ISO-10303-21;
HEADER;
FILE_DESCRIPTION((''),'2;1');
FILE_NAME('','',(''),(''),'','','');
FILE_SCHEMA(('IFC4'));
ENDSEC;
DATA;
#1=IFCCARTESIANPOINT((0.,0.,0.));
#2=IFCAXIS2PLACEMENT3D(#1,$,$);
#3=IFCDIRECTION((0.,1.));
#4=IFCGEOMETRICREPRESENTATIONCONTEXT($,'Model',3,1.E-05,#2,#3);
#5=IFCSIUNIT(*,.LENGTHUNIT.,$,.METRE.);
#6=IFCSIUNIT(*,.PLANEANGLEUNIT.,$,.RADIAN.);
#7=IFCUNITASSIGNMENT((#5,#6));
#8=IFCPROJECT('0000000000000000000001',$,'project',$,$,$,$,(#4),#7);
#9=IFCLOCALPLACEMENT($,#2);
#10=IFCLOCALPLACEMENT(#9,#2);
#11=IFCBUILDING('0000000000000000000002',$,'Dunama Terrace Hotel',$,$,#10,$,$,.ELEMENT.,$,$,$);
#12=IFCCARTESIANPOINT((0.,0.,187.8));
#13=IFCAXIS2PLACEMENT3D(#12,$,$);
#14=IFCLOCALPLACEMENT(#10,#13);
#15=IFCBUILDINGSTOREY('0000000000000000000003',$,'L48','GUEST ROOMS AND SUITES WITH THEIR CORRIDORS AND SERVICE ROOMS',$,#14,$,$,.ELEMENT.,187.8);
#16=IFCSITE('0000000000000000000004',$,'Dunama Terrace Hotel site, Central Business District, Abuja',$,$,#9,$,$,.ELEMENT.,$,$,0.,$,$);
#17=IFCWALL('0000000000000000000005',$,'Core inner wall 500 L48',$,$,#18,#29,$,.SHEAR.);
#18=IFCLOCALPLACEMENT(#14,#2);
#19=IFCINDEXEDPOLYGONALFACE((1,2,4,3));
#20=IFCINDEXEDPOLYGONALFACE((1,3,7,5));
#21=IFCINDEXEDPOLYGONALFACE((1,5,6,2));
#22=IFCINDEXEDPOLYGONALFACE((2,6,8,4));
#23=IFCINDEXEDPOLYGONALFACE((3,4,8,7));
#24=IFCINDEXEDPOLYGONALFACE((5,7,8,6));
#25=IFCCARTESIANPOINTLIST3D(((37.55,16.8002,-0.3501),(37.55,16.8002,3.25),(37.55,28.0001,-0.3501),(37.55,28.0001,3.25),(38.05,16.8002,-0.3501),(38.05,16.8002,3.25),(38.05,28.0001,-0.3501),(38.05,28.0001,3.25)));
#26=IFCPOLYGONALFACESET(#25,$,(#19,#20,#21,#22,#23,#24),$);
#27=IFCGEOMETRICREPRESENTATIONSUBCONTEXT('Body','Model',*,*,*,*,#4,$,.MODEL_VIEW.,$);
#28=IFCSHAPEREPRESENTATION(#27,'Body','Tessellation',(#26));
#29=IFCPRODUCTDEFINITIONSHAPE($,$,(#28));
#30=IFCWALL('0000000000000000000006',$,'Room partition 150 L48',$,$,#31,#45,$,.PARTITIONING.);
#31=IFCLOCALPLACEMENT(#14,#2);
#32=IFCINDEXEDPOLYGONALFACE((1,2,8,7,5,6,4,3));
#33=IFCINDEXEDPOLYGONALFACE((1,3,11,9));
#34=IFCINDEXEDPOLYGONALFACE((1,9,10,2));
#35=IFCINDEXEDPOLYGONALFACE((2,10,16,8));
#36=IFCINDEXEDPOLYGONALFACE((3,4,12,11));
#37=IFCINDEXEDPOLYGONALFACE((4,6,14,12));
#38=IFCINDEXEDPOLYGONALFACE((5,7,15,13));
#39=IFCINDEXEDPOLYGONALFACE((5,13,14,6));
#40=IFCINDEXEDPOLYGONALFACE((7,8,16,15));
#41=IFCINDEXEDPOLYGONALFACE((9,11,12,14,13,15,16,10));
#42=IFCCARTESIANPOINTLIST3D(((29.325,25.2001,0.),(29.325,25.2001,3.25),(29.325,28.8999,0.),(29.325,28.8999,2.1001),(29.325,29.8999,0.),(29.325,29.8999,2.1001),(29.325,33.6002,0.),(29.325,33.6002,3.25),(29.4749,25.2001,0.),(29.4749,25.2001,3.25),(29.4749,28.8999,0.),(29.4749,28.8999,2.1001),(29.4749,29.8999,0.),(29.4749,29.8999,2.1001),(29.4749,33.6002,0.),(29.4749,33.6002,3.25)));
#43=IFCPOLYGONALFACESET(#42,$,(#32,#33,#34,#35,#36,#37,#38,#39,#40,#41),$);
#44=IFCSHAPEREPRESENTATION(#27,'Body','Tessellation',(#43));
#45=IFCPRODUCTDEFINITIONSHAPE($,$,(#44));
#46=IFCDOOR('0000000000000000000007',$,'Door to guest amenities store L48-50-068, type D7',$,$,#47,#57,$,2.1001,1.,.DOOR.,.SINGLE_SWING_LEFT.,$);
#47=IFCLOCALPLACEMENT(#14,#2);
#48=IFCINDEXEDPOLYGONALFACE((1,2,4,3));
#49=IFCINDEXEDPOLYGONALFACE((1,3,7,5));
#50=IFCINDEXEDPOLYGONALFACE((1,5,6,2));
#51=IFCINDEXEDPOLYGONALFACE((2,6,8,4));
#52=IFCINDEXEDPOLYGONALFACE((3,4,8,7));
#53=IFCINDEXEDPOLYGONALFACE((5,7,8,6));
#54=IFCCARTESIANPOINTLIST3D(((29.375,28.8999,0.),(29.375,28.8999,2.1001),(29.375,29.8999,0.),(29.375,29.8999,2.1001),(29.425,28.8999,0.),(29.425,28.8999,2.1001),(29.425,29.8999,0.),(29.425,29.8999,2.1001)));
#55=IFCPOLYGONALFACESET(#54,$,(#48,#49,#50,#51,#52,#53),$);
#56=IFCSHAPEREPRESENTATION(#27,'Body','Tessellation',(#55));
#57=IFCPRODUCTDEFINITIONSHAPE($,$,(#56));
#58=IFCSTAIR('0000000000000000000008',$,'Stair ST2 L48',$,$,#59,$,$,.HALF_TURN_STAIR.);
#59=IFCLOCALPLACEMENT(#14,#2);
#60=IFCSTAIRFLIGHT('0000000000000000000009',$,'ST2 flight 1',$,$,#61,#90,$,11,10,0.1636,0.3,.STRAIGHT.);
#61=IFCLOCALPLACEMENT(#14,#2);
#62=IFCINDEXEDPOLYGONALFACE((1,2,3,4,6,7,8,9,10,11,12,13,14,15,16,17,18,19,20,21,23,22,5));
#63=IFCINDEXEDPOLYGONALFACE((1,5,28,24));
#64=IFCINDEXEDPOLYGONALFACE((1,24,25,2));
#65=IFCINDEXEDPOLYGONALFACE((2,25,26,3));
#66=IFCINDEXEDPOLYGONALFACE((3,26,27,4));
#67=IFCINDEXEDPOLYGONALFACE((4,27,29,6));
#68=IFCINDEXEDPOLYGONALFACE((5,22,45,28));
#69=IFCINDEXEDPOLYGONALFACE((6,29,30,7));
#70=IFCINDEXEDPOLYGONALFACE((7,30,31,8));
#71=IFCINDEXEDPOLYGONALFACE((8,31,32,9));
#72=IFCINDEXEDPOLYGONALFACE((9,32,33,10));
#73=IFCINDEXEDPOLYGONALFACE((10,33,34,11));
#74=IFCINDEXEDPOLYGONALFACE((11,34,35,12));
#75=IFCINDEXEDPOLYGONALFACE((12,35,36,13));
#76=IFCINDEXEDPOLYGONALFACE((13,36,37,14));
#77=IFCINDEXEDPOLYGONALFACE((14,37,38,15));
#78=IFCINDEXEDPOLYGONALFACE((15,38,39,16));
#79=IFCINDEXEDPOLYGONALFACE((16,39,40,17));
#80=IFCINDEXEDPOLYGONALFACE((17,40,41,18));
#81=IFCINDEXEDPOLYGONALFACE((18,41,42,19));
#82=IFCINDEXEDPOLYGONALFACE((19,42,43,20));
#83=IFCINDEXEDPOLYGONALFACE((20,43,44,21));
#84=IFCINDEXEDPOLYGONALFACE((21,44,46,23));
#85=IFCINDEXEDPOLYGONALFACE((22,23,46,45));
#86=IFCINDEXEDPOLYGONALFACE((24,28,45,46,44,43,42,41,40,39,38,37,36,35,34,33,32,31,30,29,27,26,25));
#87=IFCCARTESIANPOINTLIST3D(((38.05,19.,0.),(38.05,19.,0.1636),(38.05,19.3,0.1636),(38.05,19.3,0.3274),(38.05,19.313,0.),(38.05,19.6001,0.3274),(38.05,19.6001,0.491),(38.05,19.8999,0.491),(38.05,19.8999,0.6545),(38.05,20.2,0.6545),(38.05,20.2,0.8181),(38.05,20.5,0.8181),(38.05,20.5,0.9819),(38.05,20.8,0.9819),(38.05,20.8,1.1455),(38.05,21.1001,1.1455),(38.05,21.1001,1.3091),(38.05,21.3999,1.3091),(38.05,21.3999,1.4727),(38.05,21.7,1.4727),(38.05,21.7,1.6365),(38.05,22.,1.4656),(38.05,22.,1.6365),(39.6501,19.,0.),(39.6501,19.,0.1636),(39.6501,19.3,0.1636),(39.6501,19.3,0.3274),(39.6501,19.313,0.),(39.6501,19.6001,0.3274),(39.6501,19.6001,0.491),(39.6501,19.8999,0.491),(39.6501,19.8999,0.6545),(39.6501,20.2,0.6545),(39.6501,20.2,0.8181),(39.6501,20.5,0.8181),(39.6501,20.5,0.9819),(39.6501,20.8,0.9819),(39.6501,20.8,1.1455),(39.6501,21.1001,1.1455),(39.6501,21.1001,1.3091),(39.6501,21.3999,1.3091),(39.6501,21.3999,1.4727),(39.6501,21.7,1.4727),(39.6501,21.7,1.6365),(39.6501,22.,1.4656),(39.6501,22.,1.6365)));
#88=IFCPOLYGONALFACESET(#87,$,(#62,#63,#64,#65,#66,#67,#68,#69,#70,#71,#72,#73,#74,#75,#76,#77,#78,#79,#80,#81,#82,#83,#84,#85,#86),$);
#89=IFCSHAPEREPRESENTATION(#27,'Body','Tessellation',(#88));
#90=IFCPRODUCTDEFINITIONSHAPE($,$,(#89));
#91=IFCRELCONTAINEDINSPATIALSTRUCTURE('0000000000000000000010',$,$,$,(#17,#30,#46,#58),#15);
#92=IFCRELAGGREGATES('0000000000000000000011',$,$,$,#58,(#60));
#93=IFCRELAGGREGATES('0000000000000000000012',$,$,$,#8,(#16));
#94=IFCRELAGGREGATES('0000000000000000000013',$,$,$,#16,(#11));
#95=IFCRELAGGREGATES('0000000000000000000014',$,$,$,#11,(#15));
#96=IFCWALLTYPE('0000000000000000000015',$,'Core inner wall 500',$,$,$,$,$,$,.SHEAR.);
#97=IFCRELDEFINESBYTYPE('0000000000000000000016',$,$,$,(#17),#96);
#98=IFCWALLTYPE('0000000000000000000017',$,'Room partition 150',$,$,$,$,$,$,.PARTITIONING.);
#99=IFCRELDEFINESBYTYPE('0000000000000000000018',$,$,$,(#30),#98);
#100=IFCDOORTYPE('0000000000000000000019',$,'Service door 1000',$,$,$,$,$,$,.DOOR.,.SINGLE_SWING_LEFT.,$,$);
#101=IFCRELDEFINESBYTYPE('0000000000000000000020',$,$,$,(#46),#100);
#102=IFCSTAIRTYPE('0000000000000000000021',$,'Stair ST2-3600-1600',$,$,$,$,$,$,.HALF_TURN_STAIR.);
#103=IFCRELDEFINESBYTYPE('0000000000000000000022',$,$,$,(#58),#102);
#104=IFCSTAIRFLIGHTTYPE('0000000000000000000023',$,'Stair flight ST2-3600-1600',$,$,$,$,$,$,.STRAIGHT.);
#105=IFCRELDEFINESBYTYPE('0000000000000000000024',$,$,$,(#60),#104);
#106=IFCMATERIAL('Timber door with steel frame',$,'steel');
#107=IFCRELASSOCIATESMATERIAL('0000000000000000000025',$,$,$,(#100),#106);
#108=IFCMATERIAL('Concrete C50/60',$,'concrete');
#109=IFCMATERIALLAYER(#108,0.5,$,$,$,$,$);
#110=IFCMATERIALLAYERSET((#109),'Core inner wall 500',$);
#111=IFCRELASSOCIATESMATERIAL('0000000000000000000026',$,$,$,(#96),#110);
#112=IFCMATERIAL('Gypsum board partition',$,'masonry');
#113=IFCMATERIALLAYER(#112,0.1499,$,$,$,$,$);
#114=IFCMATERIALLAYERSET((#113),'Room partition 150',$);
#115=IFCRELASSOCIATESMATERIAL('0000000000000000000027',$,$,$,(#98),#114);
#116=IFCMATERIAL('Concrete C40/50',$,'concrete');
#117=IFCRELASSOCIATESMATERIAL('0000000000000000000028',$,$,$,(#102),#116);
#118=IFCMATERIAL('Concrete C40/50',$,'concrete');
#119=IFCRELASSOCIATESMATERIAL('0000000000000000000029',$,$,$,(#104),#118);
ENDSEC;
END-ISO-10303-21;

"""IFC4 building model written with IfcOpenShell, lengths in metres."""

from ifc_helpers import new_model, si_unit, direction, frame, frame_2d, origin, place, context, subcontext, project, spatial, polyline, rectangle, outline, extrude, material, layer, layer_set, type_object, element, fill, aggregate, save


model = new_model("IFC4")

# Units and contexts
model_context = context("Model", 3, precision=1e-05, world=origin(), true_north=direction((0.0, 1.0)))
body_context = subcontext(model_context, "Body", "Model", "MODEL_VIEW")
ifc_project = project(units=[si_unit("LENGTHUNIT", "METRE"), si_unit("PLANEANGLEUNIT", "RADIAN")], contexts=[model_context])

# Site, building, storey
site_placement = place(None, origin())
site = spatial("IfcSite", under=ifc_project, at=site_placement, Name="Dunama Terrace Hotel site, Central Business District, Abuja", CompositionType="ELEMENT", RefElevation=0.0)
building_placement = place(site_placement, origin())
building = spatial("IfcBuilding", under=site, at=building_placement, Name="Dunama Terrace Hotel", CompositionType="ELEMENT")
storey_placement = place(building_placement, frame((0.0, 0.0, 187.8)))
storey = spatial("IfcBuildingStorey", under=building, at=storey_placement, Name="L48", Description="GUEST ROOMS AND SUITES WITH THEIR CORRIDORS AND SERVICE ROOMS", CompositionType="ELEMENT", Elevation=187.8)

# Shared definitions
ifc_material_1 = material(Name="Timber door with steel frame", Category="steel")
door_type_1 = type_object("IfcDoorType", Name="Service door 1000", OperationType="SINGLE_SWING_LEFT", PredefinedType="DOOR", material=ifc_material_1)

# Wall
ifc_material_2 = material(Name="Concrete C50/60", Category="concrete")
ifc_layer_1 = layer(ifc_material_2, 0.5)
ifc_layer_set_1 = layer_set([ifc_layer_1], Name="Core inner wall 500")
wall_type_1 = type_object("IfcWallType", Name="Core inner wall 500", PredefinedType="SHEAR", material=ifc_layer_set_1)
wall_1_placement = place(storey_placement, frame((37.8, 16.8, -0.3501), z_axis=(0.0, 0.0, 1.0), x_axis=(0.0, 1.0, 0.0)))
element("IfcWall", 1, at=wall_1_placement, inside=storey, type_object=wall_type_1, Name="Core inner wall 500 L48", PredefinedType="SHEAR", context=body_context, shape_type="SweptSolid", body=[
    extrude(rectangle(XDim=11.2, YDim=0.5, at=frame_2d((5.6001, 0.0))), origin(), (0.0, 0.0, 1.0), 3.6001),
])

# Wall, opening, door
ifc_material_3 = material(Name="Gypsum board partition", Category="masonry")
ifc_layer_2 = layer(ifc_material_3, 0.1499)
ifc_layer_set_2 = layer_set([ifc_layer_2], Name="Room partition 150")
wall_type_2 = type_object("IfcWallType", Name="Room partition 150", PredefinedType="PARTITIONING", material=ifc_layer_set_2)
wall_2_placement = place(storey_placement, frame((29.3999, 25.2, 0.0), z_axis=(0.0, 0.0, 1.0), x_axis=(0.0, 1.0, 0.0)))
wall_2 = element("IfcWall", 2, at=wall_2_placement, inside=storey, type_object=wall_type_2, Name="Room partition 150 L48", PredefinedType="PARTITIONING", context=body_context, shape_type="SweptSolid", body=[
    extrude(rectangle(XDim=8.4001, YDim=0.1499, at=frame_2d((4.2002, 0.0))), origin(), (0.0, 0.0, 1.0), 3.25),
])
opening_1_placement = place(wall_2_placement, frame((3.7, 0.0, 0.0)))
opening_1 = element("IfcOpeningElement", 3, at=opening_1_placement, cuts=wall_2, PredefinedType="OPENING", context=body_context, shape_type="SweptSolid", body=[
    extrude(rectangle(XDim=1.0, YDim=2.1001, at=frame_2d((0.5, 1.05))), frame((0.0, 0.085, 0.0), z_axis=(0.0, -1.0, 0.0), x_axis=(1.0, 0.0, 0.0)), (0.0, 0.0, 1.0), 0.1699),
])
door_1_placement = place(opening_1_placement, origin())
door_1 = element("IfcDoor", 4, at=door_1_placement, inside=storey, type_object=door_type_1, Name="Door to guest amenities store L48-50-068, type D7", OperationType="SINGLE_SWING_LEFT", OverallHeight=2.1001, OverallWidth=1.0, PredefinedType="DOOR", context=body_context, shape_type="SweptSolid", body=[
    extrude(rectangle(XDim=1.0, YDim=2.1001, at=frame_2d((0.5, 1.05))), frame((0.0, 0.0249, 0.0), z_axis=(0.0, -1.0, 0.0), x_axis=(1.0, 0.0, 0.0)), (0.0, 0.0, 1.0), 0.05),
])
fill(opening_1, door_1)

# Stair, stair flight
ifc_material_4 = material(Name="Concrete C40/50", Category="concrete")
stair_type = type_object("IfcStairType", Name="Stair ST2-3600-1600", PredefinedType="HALF_TURN_STAIR", material=ifc_material_4)
stair_placement = place(storey_placement, origin())
stair = element("IfcStair", 5, at=stair_placement, inside=storey, type_object=stair_type, Name="Stair ST2 L48", PredefinedType="HALF_TURN_STAIR")
ifc_material_5 = material(Name="Concrete C40/50", Category="concrete")
stair_flight_type = type_object("IfcStairFlightType", Name="Stair flight ST2-3600-1600", PredefinedType="STRAIGHT", material=ifc_material_5)
stair_flight_placement = place(storey_placement, frame((38.8501, 19.0, 0.0), z_axis=(0.0, 0.0, 1.0), x_axis=(0.0, 1.0, 0.0)))
stair_flight = element("IfcStairFlight", 6, at=stair_flight_placement, type_object=stair_flight_type, Name="ST2 flight 1", NumberOfRisers=11, NumberOfTreads=10, PredefinedType="STRAIGHT", RiserHeight=0.1636, TreadLength=0.3, context=body_context, shape_type="SweptSolid", body=[
    extrude(outline(polyline([(0.0, 0.0), (0.0, 0.1636), (0.3, 0.1636), (0.3, 0.3274), (0.6001, 0.3274), (0.6001, 0.491), (0.8999, 0.491), (0.8999, 0.6545), (1.2, 0.6545), (1.2, 0.8181), (1.5, 0.8181), (1.5, 0.9819), (1.8, 0.9819), (1.8, 1.1455), (2.1001, 1.1455), (2.1001, 1.3091), (2.3999, 1.3091), (2.3999, 1.4727), (2.7, 1.4727), (2.7, 1.6365), (3.0, 1.6365), (3.0, 1.8), (3.0, 1.4656), (0.313, 0.0), (0.0, 0.0)])), frame((0.0, 0.8, 0.0), z_axis=(0.0, -1.0, 0.0), x_axis=(1.0, 0.0, 0.0)), (0.0, 0.0, 1.0), 1.6001),
])
aggregate(stair, [stair_flight])

save(model, "model.ifc")
